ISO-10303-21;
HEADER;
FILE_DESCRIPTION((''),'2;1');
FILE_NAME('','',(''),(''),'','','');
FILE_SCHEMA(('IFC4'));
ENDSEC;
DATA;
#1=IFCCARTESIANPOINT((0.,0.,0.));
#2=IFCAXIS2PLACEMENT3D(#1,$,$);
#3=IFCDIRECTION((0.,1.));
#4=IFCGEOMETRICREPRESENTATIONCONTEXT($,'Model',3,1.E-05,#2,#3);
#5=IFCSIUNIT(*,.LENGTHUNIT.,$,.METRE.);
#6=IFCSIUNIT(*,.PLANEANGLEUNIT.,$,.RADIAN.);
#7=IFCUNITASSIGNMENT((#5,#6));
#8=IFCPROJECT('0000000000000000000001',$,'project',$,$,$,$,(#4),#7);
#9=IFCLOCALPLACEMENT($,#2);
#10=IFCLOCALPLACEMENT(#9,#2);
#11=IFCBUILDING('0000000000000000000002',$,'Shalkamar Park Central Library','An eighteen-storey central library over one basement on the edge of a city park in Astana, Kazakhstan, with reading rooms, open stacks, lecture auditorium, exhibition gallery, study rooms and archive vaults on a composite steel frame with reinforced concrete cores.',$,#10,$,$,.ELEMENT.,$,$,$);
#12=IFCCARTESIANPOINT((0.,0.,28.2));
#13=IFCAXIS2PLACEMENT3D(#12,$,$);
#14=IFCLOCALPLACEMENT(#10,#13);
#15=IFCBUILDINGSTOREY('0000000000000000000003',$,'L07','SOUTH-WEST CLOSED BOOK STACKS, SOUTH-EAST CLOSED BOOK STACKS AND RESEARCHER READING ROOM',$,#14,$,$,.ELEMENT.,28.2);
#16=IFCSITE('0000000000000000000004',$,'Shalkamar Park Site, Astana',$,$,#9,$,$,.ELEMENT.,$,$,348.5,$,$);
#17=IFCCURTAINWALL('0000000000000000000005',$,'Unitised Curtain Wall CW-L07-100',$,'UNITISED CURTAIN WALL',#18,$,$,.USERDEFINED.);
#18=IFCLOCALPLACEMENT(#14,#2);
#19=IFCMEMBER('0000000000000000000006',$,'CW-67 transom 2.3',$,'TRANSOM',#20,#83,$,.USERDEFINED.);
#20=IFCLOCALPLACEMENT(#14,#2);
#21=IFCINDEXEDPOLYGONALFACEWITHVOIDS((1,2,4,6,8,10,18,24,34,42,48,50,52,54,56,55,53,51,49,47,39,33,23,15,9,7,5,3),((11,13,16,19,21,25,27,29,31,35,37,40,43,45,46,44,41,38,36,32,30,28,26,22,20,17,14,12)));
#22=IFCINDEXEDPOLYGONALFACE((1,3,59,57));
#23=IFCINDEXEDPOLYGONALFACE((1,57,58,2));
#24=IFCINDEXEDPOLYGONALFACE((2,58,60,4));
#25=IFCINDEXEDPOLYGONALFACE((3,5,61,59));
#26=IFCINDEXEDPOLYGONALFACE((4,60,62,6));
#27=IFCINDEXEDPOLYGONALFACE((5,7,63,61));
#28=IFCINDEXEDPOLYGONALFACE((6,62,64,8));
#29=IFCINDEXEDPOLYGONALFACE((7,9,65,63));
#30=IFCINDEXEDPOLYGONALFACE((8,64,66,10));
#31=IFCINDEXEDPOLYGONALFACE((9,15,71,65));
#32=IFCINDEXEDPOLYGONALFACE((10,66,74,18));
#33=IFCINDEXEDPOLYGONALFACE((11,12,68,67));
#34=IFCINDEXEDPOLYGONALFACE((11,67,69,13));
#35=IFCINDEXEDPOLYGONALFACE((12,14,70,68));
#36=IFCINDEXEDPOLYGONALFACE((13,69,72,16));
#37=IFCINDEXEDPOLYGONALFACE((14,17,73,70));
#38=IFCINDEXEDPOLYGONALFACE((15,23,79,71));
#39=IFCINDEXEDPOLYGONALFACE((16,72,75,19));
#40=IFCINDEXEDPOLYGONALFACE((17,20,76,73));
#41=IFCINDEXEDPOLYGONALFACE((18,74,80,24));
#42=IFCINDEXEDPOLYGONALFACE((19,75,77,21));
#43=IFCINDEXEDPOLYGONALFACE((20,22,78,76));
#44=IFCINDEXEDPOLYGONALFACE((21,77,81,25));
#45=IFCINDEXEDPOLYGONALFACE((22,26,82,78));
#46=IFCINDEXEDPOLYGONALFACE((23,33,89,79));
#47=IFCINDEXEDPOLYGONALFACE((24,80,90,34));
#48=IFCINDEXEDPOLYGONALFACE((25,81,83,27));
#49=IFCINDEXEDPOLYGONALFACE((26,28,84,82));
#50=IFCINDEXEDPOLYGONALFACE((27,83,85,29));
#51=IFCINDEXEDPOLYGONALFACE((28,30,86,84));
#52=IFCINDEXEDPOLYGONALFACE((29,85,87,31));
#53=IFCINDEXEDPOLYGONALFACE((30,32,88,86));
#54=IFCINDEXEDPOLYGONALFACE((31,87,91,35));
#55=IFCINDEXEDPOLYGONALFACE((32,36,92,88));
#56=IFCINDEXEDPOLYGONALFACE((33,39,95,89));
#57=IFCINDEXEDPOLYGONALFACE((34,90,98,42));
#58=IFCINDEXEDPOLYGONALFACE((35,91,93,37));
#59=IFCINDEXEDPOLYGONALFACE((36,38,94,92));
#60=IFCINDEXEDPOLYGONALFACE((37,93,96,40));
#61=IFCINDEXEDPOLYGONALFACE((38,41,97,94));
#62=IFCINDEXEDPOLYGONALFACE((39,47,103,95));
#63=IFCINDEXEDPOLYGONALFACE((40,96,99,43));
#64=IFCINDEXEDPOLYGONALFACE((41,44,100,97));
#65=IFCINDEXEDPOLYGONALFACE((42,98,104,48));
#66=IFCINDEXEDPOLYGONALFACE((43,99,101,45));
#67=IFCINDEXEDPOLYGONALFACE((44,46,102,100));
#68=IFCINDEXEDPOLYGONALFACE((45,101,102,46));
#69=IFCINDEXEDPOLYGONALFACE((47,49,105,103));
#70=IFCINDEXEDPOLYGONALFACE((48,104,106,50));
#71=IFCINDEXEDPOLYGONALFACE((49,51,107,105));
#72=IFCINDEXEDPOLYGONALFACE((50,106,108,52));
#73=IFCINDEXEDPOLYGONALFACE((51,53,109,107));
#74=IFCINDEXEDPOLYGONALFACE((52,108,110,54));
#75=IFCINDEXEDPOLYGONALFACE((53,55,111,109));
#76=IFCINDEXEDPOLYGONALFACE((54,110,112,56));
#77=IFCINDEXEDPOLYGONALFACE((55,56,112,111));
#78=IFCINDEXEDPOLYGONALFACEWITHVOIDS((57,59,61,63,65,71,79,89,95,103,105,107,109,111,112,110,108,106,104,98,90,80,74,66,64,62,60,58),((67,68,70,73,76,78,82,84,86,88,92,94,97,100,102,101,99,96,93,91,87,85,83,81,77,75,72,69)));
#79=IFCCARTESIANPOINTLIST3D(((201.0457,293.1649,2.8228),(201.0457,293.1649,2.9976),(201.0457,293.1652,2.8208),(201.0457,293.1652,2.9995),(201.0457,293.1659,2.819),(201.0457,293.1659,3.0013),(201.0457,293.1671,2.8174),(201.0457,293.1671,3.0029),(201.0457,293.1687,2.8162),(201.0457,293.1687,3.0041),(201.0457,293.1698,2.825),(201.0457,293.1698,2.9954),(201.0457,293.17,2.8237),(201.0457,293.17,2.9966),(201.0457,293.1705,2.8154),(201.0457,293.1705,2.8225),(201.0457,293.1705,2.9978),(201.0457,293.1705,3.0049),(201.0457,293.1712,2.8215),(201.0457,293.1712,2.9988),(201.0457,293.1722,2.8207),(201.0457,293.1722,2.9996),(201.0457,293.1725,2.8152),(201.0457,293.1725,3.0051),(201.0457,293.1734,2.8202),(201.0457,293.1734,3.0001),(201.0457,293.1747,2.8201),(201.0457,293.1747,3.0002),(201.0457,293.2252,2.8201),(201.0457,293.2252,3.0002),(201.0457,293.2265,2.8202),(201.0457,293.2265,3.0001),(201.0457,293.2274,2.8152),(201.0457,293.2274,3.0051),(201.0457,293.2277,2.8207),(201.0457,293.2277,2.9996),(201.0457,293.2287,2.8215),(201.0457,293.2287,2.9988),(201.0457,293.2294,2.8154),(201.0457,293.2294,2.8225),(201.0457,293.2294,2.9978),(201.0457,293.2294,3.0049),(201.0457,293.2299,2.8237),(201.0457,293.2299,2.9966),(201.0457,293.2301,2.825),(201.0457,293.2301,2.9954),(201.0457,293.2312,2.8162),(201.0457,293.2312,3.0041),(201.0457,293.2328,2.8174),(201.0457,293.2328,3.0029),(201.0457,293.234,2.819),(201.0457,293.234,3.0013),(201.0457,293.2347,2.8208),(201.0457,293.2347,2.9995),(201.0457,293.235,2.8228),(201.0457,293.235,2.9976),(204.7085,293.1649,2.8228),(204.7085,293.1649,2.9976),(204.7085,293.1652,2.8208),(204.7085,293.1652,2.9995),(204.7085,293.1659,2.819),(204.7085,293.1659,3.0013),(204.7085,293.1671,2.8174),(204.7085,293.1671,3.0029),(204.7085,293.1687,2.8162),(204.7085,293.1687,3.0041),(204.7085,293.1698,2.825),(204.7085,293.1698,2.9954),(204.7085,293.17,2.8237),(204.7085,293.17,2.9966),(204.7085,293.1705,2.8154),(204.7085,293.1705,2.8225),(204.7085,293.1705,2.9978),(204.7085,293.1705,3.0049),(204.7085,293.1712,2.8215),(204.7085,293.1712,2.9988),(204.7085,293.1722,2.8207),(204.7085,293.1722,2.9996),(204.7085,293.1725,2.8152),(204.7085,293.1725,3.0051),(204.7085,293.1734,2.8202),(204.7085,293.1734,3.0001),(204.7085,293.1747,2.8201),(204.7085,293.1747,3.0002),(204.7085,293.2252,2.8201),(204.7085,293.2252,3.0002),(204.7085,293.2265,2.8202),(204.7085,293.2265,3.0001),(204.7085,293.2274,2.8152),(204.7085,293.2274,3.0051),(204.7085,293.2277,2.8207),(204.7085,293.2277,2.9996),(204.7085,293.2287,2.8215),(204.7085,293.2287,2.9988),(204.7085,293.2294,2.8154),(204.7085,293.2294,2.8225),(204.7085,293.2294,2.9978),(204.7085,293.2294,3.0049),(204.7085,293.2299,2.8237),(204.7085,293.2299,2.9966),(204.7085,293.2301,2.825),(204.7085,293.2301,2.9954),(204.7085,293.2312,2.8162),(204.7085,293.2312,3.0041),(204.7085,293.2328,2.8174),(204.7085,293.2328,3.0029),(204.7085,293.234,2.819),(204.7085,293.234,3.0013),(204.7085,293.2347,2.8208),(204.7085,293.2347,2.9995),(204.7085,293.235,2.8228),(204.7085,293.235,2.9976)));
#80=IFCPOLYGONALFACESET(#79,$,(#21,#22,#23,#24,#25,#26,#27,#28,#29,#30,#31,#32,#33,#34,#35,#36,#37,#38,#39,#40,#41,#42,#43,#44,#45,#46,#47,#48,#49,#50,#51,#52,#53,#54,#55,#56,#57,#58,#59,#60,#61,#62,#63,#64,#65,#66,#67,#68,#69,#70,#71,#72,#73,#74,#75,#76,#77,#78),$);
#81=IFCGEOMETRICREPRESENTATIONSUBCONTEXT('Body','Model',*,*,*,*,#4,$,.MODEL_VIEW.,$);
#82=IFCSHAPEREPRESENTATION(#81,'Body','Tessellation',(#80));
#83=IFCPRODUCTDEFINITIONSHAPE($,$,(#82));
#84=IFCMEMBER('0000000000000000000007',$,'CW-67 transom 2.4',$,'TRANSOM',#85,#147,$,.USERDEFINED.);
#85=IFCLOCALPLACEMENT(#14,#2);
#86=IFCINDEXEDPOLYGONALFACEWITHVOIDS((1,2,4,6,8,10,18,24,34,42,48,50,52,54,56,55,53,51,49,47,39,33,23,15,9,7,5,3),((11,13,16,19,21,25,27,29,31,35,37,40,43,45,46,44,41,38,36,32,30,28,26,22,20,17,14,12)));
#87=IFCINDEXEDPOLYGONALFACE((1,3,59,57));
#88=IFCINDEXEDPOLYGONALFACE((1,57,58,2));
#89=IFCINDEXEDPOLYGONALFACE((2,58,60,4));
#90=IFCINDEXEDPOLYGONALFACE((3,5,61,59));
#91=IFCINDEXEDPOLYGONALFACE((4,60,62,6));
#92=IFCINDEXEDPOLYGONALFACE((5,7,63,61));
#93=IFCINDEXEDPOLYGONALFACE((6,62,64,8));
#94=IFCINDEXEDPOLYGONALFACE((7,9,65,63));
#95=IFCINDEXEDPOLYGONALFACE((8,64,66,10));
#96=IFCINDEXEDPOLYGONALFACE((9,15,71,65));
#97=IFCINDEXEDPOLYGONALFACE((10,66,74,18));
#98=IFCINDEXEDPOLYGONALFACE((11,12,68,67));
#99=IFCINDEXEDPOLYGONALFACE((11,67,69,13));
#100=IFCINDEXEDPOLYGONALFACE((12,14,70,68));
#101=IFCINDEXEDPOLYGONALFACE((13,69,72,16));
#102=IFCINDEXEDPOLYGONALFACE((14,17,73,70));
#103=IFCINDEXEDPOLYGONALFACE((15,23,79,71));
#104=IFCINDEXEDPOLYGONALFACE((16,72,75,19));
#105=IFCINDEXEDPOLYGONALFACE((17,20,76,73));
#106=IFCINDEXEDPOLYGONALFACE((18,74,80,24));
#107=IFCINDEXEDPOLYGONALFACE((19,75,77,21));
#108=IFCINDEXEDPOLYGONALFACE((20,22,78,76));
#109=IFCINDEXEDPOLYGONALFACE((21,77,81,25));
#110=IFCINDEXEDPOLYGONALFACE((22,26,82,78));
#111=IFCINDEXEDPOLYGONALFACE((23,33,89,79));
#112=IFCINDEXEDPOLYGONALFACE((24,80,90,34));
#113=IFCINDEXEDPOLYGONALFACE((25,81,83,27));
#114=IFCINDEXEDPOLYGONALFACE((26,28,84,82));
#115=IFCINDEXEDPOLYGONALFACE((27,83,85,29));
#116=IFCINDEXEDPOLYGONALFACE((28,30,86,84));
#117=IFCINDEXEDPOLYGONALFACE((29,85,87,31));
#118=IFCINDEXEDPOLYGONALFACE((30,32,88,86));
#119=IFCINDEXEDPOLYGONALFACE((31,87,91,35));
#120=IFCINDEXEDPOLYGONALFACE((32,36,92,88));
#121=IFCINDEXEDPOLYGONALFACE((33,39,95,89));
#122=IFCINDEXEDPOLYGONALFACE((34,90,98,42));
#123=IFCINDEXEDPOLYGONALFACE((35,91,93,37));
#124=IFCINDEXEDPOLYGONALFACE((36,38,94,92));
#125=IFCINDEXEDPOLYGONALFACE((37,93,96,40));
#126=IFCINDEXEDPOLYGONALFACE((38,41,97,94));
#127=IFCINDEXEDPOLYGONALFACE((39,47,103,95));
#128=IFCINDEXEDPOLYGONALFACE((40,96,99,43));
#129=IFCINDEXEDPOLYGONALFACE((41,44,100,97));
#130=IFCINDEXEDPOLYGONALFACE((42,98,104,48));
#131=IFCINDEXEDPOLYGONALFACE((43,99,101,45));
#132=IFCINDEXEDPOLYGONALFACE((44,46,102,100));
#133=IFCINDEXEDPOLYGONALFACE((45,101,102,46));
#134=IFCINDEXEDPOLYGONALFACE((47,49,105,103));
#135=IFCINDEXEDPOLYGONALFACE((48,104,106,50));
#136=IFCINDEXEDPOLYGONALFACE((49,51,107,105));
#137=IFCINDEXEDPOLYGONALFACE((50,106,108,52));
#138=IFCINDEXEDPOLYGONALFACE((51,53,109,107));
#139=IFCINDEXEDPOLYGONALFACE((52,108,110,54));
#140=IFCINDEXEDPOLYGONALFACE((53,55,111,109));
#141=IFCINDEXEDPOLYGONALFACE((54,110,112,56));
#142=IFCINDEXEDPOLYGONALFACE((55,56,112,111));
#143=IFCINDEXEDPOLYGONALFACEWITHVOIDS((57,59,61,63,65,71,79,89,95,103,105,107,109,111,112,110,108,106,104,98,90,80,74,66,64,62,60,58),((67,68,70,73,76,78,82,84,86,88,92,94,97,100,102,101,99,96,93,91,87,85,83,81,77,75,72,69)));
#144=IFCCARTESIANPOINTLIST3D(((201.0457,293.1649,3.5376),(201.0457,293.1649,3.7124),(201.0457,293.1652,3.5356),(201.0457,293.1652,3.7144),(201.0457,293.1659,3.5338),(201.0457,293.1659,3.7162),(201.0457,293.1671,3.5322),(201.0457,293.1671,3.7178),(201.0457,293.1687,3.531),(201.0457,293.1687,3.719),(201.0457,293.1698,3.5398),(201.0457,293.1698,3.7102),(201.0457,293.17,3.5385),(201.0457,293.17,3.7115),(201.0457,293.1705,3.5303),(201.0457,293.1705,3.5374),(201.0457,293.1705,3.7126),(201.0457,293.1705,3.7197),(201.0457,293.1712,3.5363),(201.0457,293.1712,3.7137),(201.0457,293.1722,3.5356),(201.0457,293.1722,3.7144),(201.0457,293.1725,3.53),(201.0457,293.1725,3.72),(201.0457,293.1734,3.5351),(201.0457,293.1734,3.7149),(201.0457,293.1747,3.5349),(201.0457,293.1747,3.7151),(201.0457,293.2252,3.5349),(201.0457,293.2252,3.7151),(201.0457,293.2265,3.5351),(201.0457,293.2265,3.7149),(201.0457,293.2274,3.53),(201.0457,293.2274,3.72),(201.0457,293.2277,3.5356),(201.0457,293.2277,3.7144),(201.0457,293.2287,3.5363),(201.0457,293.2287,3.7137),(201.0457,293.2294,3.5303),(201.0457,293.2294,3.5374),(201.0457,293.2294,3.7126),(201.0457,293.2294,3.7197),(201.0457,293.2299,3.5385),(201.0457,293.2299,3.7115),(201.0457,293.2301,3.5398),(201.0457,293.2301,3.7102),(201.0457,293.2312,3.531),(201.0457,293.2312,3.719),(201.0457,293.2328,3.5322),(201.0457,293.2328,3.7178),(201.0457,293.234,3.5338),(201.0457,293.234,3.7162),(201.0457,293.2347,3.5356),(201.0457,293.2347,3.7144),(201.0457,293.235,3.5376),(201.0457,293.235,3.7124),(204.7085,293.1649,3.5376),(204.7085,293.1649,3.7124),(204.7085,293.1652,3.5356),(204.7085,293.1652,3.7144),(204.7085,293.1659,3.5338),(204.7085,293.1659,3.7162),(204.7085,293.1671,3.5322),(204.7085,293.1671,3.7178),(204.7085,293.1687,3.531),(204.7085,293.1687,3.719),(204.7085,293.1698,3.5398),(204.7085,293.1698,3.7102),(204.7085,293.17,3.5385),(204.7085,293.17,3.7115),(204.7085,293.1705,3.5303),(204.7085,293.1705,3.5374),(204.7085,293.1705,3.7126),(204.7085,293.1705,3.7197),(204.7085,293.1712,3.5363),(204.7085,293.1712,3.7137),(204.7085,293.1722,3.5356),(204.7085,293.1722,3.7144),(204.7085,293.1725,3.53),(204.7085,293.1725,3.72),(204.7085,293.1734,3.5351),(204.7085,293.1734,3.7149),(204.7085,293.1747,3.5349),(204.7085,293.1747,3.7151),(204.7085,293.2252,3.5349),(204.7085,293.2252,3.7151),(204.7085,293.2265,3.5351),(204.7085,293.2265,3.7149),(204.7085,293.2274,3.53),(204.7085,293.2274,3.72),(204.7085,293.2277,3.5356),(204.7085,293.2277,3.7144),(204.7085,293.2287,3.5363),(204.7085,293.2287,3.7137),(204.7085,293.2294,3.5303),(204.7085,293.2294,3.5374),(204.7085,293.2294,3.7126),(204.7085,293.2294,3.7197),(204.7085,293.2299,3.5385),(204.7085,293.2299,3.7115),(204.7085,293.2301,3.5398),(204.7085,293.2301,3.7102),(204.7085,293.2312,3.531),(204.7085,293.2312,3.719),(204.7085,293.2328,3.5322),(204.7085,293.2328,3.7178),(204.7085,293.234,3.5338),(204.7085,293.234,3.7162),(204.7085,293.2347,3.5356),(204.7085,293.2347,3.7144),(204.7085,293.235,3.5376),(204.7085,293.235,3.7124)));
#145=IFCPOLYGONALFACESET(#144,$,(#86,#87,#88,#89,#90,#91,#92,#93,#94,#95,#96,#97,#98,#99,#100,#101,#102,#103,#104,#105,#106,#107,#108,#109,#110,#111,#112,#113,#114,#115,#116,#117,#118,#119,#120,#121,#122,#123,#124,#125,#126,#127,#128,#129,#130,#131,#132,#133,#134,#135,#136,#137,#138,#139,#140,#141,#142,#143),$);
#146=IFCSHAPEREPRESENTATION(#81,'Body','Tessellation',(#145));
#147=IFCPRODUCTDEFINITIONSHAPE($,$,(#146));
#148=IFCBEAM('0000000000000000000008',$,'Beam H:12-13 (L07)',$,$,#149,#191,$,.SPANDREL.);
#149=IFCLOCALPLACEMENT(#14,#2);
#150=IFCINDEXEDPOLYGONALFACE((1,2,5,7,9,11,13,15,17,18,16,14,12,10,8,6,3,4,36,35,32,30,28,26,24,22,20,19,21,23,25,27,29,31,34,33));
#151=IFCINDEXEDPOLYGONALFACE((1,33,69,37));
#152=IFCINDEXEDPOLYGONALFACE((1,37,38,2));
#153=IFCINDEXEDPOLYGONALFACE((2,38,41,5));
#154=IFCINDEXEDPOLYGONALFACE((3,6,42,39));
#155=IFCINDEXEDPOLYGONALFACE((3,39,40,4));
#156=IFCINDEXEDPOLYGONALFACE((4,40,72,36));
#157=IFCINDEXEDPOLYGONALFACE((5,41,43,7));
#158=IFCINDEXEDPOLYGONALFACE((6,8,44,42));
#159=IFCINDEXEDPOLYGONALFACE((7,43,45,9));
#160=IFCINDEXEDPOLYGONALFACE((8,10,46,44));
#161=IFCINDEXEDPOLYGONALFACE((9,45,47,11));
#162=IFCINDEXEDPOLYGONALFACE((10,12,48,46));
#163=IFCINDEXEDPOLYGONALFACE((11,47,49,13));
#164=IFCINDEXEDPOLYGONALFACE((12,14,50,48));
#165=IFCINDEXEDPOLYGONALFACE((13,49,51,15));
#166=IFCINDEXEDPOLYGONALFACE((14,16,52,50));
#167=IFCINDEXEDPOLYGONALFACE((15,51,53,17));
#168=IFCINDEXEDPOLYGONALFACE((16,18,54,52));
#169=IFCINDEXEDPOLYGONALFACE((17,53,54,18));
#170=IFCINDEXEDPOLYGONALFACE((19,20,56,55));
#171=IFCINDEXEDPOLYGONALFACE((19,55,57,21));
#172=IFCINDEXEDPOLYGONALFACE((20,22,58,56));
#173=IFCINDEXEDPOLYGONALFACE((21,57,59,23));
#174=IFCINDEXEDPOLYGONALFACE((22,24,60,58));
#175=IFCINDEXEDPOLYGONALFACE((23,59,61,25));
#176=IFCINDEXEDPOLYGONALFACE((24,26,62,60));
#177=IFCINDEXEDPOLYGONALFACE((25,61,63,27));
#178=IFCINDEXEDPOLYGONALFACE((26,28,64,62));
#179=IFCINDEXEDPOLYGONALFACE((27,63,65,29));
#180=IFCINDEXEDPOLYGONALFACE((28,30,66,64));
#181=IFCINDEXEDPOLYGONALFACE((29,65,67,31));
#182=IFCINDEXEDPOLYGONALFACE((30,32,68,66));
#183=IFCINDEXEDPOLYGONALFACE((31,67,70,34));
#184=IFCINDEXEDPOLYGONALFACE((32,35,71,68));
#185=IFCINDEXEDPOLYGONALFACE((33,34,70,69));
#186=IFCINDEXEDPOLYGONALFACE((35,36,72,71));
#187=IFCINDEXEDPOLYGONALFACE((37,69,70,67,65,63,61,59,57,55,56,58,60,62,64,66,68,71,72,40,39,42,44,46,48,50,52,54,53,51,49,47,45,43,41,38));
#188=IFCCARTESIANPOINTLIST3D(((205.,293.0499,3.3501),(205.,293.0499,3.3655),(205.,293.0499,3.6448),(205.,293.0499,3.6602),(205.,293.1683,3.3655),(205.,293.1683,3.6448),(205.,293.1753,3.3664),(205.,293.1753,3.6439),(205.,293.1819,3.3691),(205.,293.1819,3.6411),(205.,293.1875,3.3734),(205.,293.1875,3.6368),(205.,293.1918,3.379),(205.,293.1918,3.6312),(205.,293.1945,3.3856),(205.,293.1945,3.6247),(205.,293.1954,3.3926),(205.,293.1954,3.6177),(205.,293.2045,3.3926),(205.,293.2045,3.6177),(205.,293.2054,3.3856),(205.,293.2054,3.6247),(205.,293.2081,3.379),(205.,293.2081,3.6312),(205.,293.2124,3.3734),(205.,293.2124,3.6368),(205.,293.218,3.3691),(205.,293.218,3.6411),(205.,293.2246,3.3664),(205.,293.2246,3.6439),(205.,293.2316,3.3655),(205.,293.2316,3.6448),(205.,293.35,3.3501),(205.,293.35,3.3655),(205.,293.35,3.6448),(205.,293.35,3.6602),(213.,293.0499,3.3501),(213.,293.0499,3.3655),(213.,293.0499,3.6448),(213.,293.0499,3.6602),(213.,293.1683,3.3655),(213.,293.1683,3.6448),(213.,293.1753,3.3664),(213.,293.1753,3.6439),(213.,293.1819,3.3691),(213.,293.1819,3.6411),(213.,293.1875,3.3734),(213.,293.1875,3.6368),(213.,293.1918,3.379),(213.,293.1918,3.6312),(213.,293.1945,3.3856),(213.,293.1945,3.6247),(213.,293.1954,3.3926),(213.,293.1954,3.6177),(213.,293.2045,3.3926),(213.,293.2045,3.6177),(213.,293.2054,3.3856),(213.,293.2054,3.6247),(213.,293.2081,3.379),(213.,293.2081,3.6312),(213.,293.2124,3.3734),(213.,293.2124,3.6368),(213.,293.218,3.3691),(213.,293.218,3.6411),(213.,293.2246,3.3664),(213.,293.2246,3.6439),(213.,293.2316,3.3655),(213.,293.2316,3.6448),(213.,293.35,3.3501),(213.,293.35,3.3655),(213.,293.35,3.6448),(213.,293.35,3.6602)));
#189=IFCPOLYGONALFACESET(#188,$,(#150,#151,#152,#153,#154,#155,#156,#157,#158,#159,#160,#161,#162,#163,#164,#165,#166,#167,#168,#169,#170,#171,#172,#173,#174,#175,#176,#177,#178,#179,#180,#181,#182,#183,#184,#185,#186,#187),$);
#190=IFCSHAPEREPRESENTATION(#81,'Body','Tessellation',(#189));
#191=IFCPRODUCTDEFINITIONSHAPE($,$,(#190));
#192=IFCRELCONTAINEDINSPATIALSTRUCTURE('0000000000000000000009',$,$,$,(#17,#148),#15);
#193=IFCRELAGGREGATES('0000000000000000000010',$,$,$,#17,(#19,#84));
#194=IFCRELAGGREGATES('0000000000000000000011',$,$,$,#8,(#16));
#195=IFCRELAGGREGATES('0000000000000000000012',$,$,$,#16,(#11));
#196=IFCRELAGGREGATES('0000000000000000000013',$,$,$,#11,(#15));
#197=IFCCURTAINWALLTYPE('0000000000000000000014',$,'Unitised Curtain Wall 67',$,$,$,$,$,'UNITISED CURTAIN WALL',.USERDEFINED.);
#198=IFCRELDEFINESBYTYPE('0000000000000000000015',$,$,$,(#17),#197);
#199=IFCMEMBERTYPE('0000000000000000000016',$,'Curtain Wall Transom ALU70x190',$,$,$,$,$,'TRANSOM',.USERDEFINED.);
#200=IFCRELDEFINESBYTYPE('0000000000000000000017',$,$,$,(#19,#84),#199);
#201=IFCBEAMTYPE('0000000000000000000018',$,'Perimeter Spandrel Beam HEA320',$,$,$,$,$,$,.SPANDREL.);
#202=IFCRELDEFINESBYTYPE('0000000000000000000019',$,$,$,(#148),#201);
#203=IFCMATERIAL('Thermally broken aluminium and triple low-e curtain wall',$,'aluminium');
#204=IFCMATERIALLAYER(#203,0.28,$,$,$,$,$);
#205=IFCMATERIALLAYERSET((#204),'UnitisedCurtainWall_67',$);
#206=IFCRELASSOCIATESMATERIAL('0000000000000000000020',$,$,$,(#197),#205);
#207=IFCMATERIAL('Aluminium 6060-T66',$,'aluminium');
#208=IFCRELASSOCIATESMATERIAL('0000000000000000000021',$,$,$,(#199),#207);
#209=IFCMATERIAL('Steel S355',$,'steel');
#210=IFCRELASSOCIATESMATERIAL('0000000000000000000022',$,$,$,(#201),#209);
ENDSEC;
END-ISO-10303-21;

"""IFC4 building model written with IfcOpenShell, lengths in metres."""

from ifc_helpers import new_model, si_unit, direction, frame, origin, origin_2d, place, context, subcontext, project, spatial, hollow_rectangle, i_section, extrude, material, layer, layer_set, material_profile, profile_set, type_object, element, aggregate, save


model = new_model("IFC4")

# Units and contexts
model_context = context("Model", 3, precision=1e-05, world=origin(), true_north=direction((0.0, 1.0)))
body_context = subcontext(model_context, "Body", "Model", "MODEL_VIEW")
ifc_project = project(units=[si_unit("LENGTHUNIT", "METRE"), si_unit("PLANEANGLEUNIT", "RADIAN")], contexts=[model_context])

# Site, building, storey
site_placement = place(None, origin())
site = spatial("IfcSite", under=ifc_project, at=site_placement, Name="Shalkamar Park Site, Astana", CompositionType="ELEMENT", RefElevation=348.5)
building_placement = place(site_placement, origin())
building = spatial("IfcBuilding", under=site, at=building_placement, Name="Shalkamar Park Central Library", Description="An eighteen-storey central library over one basement on the edge of a city park in Astana, Kazakhstan, with reading rooms, open stacks, lecture auditorium, exhibition gallery, study rooms and archive vaults on a composite steel frame with reinforced concrete cores.", CompositionType="ELEMENT")
storey_placement = place(building_placement, frame((0.0, 0.0, 28.2)))
storey = spatial("IfcBuildingStorey", under=building, at=storey_placement, Name="L07", Description="SOUTH-WEST CLOSED BOOK STACKS, SOUTH-EAST CLOSED BOOK STACKS AND RESEARCHER READING ROOM", CompositionType="ELEMENT", Elevation=28.2)

# Shared definitions
ifc_material_1 = material(Name="Steel S355", Category="steel")

# Shared definitions
ifc_material_2 = material(Name="Thermally broken aluminium and triple low-e curtain wall", Category="aluminium")
ifc_material_3 = material(Name="Aluminium 6060-T66", Category="aluminium")

# Curtain wall
ifc_layer_1 = layer(ifc_material_2, 0.28)
ifc_layer_set_1 = layer_set([ifc_layer_1], Name="UnitisedCurtainWall_67")
curtain_wall_type_1 = type_object("IfcCurtainWallType", Name="Unitised Curtain Wall 67", ElementType="UNITISED CURTAIN WALL", PredefinedType="USERDEFINED", material=ifc_layer_set_1)
curtain_wall_1_placement = place(storey_placement, origin())
curtain_wall_1 = element("IfcCurtainWall", 1, at=curtain_wall_1_placement, inside=storey, type_object=curtain_wall_type_1, Name="Unitised Curtain Wall CW-L07-100", ObjectType="UNITISED CURTAIN WALL", PredefinedType="USERDEFINED")

# Members
ifc_material_profile_1 = material_profile(ifc_material_3, hollow_rectangle(XDim=0.0701, YDim=0.1899, WallThickness=0.0049, InnerFilletRadius=0.0049, OuterFilletRadius=0.0076, at=origin_2d()), Name="ALU 70x190x5")
ifc_profile_set_1 = profile_set([ifc_material_profile_1], Name="Aluminium 6060-T66")
member_type_1 = type_object("IfcMemberType", Name="Curtain Wall Transom ALU70x190", ElementType="TRANSOM", PredefinedType="USERDEFINED", material=ifc_profile_set_1)
member_1_placement = place(storey_placement, frame((201.0457, 293.2, 2.9102), z_axis=(1.0, 0.0, 0.0), x_axis=(0.0, 1.0, 0.0)))
member_1 = element("IfcMember", 2, at=member_1_placement, type_object=member_type_1, Name="CW-67 transom 2.3", ObjectType="TRANSOM", PredefinedType="USERDEFINED", context=body_context, shape_type="SweptSolid", body=[
    extrude(hollow_rectangle(XDim=0.0701, YDim=0.1899, WallThickness=0.0049, InnerFilletRadius=0.0049, OuterFilletRadius=0.0076, at=origin_2d()), origin(), (0.0, 0.0, 1.0), 3.6628),
])
member_2_placement = place(storey_placement, frame((201.0457, 293.2, 3.625), z_axis=(1.0, 0.0, 0.0), x_axis=(0.0, 1.0, 0.0)))
member_2 = element("IfcMember", 3, at=member_2_placement, type_object=member_type_1, Name="CW-67 transom 2.4", ObjectType="TRANSOM", PredefinedType="USERDEFINED", context=body_context, shape_type="SweptSolid", body=[
    extrude(hollow_rectangle(XDim=0.0701, YDim=0.1899, WallThickness=0.0049, InnerFilletRadius=0.0049, OuterFilletRadius=0.0076, at=origin_2d()), origin(), (0.0, 0.0, 1.0), 3.6628),
])

# Beam
ifc_material_profile_2 = material_profile(ifc_material_1, i_section(OverallWidth=0.3, OverallDepth=0.3101, WebThickness=0.009, FlangeThickness=0.0154, FilletRadius=0.0271, at=origin_2d()), Name="HEA 320")
ifc_profile_set_2 = profile_set([ifc_material_profile_2], Name="Steel S355")
beam_type_1 = type_object("IfcBeamType", Name="Perimeter Spandrel Beam HEA320", PredefinedType="SPANDREL", material=ifc_profile_set_2)
beam_1_placement = place(storey_placement, frame((205.0, 293.2, 3.5051), z_axis=(1.0, 0.0, 0.0), x_axis=(0.0, 1.0, 0.0)))
element("IfcBeam", 4, at=beam_1_placement, inside=storey, type_object=beam_type_1, Name="Beam H:12-13 (L07)", PredefinedType="SPANDREL", context=body_context, shape_type="SweptSolid", body=[
    extrude(i_section(OverallWidth=0.3, OverallDepth=0.3101, WebThickness=0.009, FlangeThickness=0.0154, FilletRadius=0.0271, at=origin_2d()), origin(), (0.0, 0.0, 1.0), 8.0),
])

aggregate(curtain_wall_1, [member_1, member_2])

save(model, "model.ifc")
